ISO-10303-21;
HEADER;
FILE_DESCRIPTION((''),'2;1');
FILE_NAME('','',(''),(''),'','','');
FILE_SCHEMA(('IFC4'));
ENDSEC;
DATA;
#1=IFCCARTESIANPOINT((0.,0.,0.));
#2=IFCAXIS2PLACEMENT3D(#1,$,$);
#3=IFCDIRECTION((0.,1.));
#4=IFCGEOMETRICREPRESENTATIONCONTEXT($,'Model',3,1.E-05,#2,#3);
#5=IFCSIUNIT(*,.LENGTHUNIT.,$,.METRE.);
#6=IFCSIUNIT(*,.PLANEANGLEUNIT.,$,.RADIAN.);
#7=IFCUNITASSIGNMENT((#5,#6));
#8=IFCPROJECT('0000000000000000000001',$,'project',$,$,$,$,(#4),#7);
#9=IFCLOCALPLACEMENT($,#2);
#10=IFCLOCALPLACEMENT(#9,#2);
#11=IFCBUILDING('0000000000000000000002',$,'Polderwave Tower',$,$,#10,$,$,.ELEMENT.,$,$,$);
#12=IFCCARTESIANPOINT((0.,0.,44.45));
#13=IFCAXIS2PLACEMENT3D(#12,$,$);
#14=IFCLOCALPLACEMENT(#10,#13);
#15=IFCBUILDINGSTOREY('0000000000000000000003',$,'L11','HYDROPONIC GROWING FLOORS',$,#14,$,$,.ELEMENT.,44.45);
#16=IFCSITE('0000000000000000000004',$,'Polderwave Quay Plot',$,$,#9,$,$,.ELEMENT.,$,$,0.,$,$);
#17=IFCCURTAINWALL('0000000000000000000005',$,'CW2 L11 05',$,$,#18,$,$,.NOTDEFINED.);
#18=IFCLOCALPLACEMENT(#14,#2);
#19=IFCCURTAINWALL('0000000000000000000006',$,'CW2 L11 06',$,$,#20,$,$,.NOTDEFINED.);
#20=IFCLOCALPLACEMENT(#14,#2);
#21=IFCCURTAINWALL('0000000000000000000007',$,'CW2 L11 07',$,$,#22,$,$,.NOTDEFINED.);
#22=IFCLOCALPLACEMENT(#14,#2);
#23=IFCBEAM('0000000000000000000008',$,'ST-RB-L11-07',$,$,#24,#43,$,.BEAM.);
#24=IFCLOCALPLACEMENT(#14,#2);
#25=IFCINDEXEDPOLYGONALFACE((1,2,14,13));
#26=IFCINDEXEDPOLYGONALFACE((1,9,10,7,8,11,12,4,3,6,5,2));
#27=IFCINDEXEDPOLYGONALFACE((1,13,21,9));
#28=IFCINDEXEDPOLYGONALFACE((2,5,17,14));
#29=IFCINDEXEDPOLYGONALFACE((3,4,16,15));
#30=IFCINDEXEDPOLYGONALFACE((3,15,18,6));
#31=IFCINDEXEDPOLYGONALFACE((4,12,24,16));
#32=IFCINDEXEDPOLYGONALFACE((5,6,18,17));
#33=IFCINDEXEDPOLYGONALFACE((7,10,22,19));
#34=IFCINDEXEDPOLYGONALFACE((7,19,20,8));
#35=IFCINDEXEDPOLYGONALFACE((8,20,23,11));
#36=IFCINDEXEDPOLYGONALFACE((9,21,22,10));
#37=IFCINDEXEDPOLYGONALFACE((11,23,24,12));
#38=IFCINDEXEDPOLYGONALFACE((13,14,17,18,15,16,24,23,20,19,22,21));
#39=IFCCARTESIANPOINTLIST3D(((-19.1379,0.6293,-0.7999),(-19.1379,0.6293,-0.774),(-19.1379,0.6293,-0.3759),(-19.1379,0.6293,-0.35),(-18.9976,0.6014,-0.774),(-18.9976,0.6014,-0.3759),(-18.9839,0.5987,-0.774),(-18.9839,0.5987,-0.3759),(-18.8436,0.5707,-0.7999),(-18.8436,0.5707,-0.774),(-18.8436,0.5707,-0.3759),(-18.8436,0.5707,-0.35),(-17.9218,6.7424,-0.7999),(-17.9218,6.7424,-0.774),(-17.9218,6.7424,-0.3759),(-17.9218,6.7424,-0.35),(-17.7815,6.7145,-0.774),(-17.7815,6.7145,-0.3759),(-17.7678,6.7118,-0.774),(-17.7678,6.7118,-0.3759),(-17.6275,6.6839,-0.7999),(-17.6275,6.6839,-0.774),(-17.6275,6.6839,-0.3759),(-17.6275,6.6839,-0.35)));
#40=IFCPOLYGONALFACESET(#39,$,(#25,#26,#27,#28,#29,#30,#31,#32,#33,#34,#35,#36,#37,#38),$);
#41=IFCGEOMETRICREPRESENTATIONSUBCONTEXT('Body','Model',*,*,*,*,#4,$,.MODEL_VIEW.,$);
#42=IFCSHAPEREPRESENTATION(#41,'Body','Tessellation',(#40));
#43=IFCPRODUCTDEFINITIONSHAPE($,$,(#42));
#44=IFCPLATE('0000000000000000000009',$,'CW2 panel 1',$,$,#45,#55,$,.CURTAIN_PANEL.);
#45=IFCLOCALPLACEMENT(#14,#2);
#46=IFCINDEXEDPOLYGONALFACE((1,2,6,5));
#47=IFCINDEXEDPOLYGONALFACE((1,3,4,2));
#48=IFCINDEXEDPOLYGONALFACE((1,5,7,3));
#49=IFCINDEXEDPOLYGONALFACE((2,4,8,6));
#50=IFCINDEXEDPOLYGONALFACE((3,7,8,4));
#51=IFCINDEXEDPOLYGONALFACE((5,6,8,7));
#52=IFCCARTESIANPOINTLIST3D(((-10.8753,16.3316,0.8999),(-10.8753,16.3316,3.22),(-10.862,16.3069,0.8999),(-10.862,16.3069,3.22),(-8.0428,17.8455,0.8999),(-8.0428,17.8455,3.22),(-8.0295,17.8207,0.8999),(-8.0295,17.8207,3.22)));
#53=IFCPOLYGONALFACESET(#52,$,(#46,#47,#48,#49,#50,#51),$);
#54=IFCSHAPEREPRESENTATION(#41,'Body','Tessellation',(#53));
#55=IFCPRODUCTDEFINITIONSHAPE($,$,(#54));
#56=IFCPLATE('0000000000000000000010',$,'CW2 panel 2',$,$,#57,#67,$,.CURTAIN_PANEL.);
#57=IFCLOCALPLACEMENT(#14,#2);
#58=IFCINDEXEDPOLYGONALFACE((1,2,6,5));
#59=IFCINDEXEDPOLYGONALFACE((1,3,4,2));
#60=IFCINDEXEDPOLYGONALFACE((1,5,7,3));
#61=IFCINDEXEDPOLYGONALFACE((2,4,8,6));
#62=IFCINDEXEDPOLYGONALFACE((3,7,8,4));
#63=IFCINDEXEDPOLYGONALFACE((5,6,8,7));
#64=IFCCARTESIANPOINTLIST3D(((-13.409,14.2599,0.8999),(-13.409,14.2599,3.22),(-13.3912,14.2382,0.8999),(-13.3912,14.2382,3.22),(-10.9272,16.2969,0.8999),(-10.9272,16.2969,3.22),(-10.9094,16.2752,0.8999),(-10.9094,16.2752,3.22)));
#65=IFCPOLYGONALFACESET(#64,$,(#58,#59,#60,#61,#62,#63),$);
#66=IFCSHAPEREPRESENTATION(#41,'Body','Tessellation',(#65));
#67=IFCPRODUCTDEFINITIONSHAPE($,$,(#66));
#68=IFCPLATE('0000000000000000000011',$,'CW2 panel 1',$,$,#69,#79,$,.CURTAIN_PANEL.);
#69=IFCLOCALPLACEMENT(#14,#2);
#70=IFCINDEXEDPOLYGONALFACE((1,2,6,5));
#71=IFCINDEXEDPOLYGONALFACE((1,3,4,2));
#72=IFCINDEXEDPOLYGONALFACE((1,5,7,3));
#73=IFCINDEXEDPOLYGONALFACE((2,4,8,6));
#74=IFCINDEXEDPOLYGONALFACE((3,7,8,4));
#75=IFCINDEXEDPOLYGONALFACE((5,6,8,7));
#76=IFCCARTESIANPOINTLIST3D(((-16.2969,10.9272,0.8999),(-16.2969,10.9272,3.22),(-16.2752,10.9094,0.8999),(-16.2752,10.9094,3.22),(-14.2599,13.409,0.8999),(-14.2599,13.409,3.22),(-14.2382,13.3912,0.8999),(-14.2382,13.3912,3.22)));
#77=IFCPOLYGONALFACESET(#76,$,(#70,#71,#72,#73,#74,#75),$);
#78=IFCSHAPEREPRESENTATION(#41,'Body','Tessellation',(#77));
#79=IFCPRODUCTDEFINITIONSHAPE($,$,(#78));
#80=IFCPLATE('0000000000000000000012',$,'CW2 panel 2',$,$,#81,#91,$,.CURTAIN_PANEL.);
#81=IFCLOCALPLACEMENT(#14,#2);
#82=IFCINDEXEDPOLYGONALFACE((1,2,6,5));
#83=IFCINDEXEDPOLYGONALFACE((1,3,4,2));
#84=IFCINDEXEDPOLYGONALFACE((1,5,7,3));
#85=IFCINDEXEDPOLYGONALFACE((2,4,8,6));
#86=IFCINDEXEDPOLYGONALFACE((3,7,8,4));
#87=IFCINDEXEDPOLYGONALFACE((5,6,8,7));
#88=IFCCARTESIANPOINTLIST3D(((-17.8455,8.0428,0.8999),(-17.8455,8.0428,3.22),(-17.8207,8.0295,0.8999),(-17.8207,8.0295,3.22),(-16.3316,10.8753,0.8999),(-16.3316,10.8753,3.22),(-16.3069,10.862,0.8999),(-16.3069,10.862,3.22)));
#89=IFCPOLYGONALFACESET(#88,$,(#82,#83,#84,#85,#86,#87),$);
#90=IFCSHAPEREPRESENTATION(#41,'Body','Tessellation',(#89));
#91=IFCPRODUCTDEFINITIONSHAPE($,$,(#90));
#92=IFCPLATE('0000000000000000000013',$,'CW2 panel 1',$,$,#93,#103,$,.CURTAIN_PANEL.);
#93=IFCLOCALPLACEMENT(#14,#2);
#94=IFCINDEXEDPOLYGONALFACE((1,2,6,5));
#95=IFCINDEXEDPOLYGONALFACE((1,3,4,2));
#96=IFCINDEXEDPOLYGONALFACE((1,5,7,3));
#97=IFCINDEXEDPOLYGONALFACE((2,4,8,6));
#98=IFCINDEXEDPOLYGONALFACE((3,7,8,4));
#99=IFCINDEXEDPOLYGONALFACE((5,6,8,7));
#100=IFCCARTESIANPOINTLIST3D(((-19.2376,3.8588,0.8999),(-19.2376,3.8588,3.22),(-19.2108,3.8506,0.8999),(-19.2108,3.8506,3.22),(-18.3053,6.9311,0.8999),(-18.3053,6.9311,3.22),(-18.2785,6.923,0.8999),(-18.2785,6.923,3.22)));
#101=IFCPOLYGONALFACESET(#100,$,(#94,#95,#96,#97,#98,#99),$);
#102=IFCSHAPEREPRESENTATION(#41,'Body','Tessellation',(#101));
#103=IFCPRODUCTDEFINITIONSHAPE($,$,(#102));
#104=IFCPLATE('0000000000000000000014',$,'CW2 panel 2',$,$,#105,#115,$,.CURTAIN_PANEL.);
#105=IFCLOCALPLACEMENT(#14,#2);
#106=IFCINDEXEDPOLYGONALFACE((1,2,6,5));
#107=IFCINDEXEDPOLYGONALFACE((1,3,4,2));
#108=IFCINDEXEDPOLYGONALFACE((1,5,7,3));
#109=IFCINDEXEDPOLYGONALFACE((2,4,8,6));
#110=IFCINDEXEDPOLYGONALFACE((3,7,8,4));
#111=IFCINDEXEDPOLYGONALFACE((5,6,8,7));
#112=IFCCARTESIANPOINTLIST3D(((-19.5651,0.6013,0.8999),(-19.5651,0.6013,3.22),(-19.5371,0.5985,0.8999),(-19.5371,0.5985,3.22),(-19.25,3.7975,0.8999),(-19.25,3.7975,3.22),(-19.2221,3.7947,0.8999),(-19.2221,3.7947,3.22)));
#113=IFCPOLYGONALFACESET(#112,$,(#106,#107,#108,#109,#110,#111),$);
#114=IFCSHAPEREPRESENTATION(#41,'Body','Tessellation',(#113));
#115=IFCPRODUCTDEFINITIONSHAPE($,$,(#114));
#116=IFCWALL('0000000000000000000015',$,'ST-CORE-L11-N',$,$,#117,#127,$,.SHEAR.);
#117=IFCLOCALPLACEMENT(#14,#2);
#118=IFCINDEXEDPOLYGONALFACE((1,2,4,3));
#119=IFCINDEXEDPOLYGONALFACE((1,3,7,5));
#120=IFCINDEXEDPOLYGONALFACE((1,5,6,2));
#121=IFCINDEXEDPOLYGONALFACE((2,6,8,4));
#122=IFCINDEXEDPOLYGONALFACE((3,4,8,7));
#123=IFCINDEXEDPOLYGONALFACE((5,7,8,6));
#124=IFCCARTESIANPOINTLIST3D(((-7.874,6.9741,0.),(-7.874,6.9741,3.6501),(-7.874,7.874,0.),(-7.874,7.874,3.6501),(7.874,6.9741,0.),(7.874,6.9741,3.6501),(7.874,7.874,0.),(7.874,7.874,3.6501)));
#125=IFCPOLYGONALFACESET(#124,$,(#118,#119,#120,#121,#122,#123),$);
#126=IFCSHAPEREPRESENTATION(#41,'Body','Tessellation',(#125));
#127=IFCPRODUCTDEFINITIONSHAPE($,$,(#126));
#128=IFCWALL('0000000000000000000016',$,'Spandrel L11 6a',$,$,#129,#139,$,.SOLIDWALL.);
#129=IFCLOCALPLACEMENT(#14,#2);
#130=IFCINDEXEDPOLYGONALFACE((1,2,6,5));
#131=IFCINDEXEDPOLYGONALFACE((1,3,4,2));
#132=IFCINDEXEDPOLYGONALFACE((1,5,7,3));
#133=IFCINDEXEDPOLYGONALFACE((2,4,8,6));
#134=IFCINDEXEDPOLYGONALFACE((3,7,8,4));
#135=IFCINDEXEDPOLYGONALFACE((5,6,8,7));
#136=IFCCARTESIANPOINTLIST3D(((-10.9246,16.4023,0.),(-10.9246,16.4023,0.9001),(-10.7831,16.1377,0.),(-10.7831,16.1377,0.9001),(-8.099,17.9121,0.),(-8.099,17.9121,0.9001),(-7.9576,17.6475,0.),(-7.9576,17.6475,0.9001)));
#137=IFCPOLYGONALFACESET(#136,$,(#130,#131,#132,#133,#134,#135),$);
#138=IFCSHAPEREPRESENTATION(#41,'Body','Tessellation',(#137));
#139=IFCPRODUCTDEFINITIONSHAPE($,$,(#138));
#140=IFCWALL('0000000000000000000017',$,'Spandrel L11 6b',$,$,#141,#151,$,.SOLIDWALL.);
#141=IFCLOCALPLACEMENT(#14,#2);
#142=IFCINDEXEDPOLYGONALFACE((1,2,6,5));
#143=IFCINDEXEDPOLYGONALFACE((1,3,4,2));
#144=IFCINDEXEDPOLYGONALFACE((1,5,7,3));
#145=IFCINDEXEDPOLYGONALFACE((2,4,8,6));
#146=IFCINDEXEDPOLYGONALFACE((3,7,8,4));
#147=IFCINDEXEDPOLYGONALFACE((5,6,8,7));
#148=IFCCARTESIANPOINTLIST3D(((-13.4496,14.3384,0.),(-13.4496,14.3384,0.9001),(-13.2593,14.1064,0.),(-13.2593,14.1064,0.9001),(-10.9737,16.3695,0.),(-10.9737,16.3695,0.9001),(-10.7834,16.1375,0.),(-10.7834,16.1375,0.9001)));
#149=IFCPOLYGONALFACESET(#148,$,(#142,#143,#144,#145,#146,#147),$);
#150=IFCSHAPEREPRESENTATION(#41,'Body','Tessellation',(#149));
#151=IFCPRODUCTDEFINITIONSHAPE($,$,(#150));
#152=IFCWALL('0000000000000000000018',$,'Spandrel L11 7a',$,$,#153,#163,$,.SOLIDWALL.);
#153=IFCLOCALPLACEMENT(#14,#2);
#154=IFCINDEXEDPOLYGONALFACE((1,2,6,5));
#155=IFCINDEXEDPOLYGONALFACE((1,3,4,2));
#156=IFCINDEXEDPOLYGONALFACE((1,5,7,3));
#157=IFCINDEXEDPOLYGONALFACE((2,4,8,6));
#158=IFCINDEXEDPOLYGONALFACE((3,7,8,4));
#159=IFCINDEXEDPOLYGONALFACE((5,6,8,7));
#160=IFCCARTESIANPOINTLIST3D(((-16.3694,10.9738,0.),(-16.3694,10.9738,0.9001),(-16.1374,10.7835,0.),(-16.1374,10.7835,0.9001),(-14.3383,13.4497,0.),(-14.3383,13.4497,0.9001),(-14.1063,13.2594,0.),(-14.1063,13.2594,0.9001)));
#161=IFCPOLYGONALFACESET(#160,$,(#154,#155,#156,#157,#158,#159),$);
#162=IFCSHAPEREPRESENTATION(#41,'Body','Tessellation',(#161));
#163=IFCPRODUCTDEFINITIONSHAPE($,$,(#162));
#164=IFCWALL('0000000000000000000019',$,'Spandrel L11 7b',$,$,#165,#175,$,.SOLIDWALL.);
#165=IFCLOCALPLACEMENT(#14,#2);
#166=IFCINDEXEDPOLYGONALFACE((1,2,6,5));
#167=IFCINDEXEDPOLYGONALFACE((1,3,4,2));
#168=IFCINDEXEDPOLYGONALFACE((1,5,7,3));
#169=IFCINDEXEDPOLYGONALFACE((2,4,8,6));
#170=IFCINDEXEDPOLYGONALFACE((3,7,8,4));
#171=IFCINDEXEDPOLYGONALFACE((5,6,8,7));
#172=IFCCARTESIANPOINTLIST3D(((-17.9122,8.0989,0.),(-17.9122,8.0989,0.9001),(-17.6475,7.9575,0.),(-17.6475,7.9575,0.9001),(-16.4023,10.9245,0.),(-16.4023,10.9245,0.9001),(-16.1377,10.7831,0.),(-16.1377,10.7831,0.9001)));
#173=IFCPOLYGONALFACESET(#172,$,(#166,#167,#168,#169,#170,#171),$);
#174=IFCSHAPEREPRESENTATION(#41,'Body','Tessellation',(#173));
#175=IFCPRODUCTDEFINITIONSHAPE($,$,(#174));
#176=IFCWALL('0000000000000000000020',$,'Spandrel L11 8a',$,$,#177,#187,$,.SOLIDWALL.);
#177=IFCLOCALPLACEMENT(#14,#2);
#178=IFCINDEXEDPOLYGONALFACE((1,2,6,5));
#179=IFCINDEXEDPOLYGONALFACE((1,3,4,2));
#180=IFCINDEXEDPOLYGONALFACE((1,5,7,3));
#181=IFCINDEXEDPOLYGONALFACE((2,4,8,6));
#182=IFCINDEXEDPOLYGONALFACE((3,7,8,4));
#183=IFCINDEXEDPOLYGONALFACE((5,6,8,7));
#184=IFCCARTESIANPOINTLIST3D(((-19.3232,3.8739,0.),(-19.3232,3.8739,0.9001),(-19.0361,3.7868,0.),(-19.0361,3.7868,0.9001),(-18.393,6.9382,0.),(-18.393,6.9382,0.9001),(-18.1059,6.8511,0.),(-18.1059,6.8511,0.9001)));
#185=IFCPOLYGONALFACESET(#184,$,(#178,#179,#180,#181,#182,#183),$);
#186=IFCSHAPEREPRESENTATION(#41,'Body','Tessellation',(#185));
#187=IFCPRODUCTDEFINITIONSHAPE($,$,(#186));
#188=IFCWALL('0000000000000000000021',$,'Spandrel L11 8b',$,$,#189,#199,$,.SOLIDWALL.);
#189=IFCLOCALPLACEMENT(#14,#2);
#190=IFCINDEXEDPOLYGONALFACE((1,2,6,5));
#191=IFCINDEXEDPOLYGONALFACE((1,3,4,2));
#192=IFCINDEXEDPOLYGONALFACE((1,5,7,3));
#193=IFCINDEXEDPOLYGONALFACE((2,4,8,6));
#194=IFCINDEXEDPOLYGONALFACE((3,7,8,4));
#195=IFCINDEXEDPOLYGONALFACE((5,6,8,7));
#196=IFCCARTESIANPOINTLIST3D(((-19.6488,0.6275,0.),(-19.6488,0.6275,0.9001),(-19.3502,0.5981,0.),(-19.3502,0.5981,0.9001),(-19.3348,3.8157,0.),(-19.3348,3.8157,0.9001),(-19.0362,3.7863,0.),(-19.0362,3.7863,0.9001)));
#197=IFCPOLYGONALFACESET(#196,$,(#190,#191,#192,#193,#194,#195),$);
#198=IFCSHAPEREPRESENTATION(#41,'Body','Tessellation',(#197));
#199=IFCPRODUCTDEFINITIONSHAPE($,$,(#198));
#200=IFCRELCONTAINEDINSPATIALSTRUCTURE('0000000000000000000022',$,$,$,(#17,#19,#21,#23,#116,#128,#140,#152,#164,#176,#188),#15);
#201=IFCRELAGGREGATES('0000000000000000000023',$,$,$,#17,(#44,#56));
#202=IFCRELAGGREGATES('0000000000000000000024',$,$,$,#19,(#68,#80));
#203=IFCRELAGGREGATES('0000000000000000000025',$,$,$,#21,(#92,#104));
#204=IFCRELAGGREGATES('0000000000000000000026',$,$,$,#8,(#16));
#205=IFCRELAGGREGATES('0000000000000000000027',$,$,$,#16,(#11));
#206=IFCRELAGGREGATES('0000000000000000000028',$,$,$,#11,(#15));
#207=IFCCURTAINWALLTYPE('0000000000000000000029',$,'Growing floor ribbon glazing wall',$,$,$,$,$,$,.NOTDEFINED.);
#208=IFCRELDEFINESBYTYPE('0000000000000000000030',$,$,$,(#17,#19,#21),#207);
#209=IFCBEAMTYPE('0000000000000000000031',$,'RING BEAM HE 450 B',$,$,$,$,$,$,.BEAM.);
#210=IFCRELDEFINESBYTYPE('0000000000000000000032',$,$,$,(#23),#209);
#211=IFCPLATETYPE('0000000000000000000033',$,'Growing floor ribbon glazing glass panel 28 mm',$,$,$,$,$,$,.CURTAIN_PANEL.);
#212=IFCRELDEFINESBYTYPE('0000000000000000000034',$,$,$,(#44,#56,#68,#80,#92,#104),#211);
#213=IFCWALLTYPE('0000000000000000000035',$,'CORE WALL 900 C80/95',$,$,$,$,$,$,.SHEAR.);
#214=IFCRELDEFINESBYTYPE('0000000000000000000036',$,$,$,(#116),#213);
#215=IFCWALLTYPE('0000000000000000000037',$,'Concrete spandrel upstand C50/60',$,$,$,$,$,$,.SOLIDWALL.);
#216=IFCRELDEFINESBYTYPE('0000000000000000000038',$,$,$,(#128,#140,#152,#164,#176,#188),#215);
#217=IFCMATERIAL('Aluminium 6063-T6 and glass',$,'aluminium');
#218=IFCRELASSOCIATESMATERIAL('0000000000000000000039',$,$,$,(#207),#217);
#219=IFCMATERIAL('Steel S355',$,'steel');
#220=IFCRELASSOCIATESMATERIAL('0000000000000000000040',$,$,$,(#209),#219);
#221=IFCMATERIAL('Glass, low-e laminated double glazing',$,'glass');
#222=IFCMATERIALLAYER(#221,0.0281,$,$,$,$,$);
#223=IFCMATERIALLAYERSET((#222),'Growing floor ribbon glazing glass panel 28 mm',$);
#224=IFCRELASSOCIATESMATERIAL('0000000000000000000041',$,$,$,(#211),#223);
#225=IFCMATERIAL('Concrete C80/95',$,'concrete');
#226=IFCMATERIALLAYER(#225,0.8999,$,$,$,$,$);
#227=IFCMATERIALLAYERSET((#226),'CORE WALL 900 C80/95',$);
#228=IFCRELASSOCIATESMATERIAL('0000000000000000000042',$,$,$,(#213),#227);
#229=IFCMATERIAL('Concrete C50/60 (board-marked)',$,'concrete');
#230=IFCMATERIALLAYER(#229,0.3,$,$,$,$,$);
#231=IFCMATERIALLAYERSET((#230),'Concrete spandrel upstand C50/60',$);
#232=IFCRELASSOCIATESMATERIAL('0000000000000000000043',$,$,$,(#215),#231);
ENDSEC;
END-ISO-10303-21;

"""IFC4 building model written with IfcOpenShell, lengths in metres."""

from ifc_helpers import new_model, si_unit, direction, frame, frame_2d, origin, origin_2d, place, context, subcontext, project, spatial, rectangle, i_section, extrude, material, layer, layer_set, material_profile, profile_set, type_object, element, aggregate, save


model = new_model("IFC4")

# Units and contexts
model_context = context("Model", 3, precision=1e-05, world=origin(), true_north=direction((0.0, 1.0)))
body_context = subcontext(model_context, "Body", "Model", "MODEL_VIEW")
ifc_project = project(units=[si_unit("LENGTHUNIT", "METRE"), si_unit("PLANEANGLEUNIT", "RADIAN")], contexts=[model_context])

# Site, building, storey
site_placement = place(None, origin())
site = spatial("IfcSite", under=ifc_project, at=site_placement, Name="Polderwave Quay Plot", CompositionType="ELEMENT", RefElevation=0.0)
building_placement = place(site_placement, origin())
building = spatial("IfcBuilding", under=site, at=building_placement, Name="Polderwave Tower", CompositionType="ELEMENT")
storey_placement = place(building_placement, frame((0.0, 0.0, 44.45)))
storey = spatial("IfcBuildingStorey", under=building, at=storey_placement, Name="L11", Description="HYDROPONIC GROWING FLOORS", CompositionType="ELEMENT", Elevation=44.45)

# Curtain walls
ifc_material_1 = material(Name="Aluminium 6063-T6 and glass", Category="aluminium")
curtain_wall_type = type_object("IfcCurtainWallType", Name="Growing floor ribbon glazing wall", PredefinedType="NOTDEFINED", material=ifc_material_1)
curtain_wall_1_placement = place(storey_placement, origin())
curtain_wall_1 = element("IfcCurtainWall", 1, at=curtain_wall_1_placement, inside=storey, type_object=curtain_wall_type, Name="CW2 L11 05", PredefinedType="NOTDEFINED")
curtain_wall_2_placement = place(storey_placement, origin())
curtain_wall_2 = element("IfcCurtainWall", 2, at=curtain_wall_2_placement, inside=storey, type_object=curtain_wall_type, Name="CW2 L11 06", PredefinedType="NOTDEFINED")
curtain_wall_3_placement = place(storey_placement, origin())
curtain_wall_3 = element("IfcCurtainWall", 3, at=curtain_wall_3_placement, inside=storey, type_object=curtain_wall_type, Name="CW2 L11 07", PredefinedType="NOTDEFINED")

# Beam
ifc_material_2 = material(Name="Steel S355", Category="steel")
ifc_material_profile_1 = material_profile(ifc_material_2, i_section(OverallWidth=0.3, OverallDepth=0.45, WebThickness=0.0139, FlangeThickness=0.0259, at=origin_2d()), Name="HE 450 B")
ifc_profile_set_1 = profile_set([ifc_material_profile_1], Name="Steel S355")
beam_type = type_object("IfcBeamType", Name="RING BEAM HE 450 B", PredefinedType="BEAM", material=ifc_profile_set_1)
beam_placement = place(storey_placement, frame((-17.7747, 6.7131, -0.575), z_axis=(-0.195107, -0.980782, 0.0), x_axis=(0.980782, -0.195107, 0.0)))
element("IfcBeam", 4, at=beam_placement, inside=storey, type_object=beam_type, Name="ST-RB-L11-07", PredefinedType="BEAM", context=body_context, shape_type="SweptSolid", body=[
    extrude(i_section(OverallWidth=0.3, OverallDepth=0.45, WebThickness=0.0139, FlangeThickness=0.0259, at=origin_2d()), origin(), (0.0, 0.0, 1.0), 6.2329),
])

# Plates
ifc_material_3 = material(Name="Glass, low-e laminated double glazing", Category="glass")
ifc_layer_1 = layer(ifc_material_3, 0.0281)
ifc_layer_set_1 = layer_set([ifc_layer_1], Name="Growing floor ribbon glazing glass panel 28 mm")
plate_type = type_object("IfcPlateType", Name="Growing floor ribbon glazing glass panel 28 mm", PredefinedType="CURTAIN_PANEL", material=ifc_layer_set_1)
plate_1_placement = place(storey_placement, frame((-9.4524, 17.0762, 0.8999), z_axis=(0.0, 0.0, 1.0), x_axis=(-0.881943, -0.471357, 0.0)))
plate_1 = element("IfcPlate", 5, at=plate_1_placement, type_object=plate_type, Name="CW2 panel 1", PredefinedType="CURTAIN_PANEL", context=body_context, shape_type="SweptSolid", body=[
    extrude(rectangle(XDim=3.2117, YDim=0.0281, at=origin_2d()), origin(), (0.0, 0.0, 1.0), 2.3201),
])
plate_2_placement = place(storey_placement, frame((-12.1592, 15.2676, 0.8999), z_axis=(0.0, 0.0, 1.0), x_axis=(-0.772981, -0.63443, 0.0)))
plate_2 = element("IfcPlate", 6, at=plate_2_placement, type_object=plate_type, Name="CW2 panel 2", PredefinedType="CURTAIN_PANEL", context=body_context, shape_type="SweptSolid", body=[
    extrude(rectangle(XDim=3.2107, YDim=0.0281, at=origin_2d()), origin(), (0.0, 0.0, 1.0), 2.3201),
])
aggregate(curtain_wall_1, [plate_1, plate_2])
plate_3_placement = place(storey_placement, frame((-15.2676, 12.1592, 0.8999), z_axis=(0.0, 0.0, 1.0), x_axis=(-0.63443, -0.772981, 0.0)))
plate_3 = element("IfcPlate", 7, at=plate_3_placement, type_object=plate_type, Name="CW2 panel 1", PredefinedType="CURTAIN_PANEL", context=body_context, shape_type="SweptSolid", body=[
    extrude(rectangle(XDim=3.2107, YDim=0.0281, at=origin_2d()), origin(), (0.0, 0.0, 1.0), 2.3201),
])
plate_4_placement = place(storey_placement, frame((-17.0762, 9.4524, 0.8999), z_axis=(0.0, 0.0, 1.0), x_axis=(-0.471357, -0.881943, 0.0)))
plate_4 = element("IfcPlate", 8, at=plate_4_placement, type_object=plate_type, Name="CW2 panel 2", PredefinedType="CURTAIN_PANEL", context=body_context, shape_type="SweptSolid", body=[
    extrude(rectangle(XDim=3.2117, YDim=0.0281, at=origin_2d()), origin(), (0.0, 0.0, 1.0), 2.3201),
])
aggregate(curtain_wall_2, [plate_3, plate_4])
plate_5_placement = place(storey_placement, frame((-18.7581, 5.3909, 0.8999), z_axis=(0.0, 0.0, 1.0), x_axis=(-0.290375, -0.956913, 0.0)))
plate_5 = element("IfcPlate", 9, at=plate_5_placement, type_object=plate_type, Name="CW2 panel 1", PredefinedType="CURTAIN_PANEL", context=body_context, shape_type="SweptSolid", body=[
    extrude(rectangle(XDim=3.2107, YDim=0.0281, at=origin_2d()), origin(), (0.0, 0.0, 1.0), 2.3201),
])
plate_6_placement = place(storey_placement, frame((-19.3936, 2.198, 0.8999), z_axis=(0.0, 0.0, 1.0), x_axis=(-0.098099, -0.995177, 0.0)))
plate_6 = element("IfcPlate", 10, at=plate_6_placement, type_object=plate_type, Name="CW2 panel 2", PredefinedType="CURTAIN_PANEL", context=body_context, shape_type="SweptSolid", body=[
    extrude(rectangle(XDim=3.2117, YDim=0.0281, at=origin_2d()), origin(), (0.0, 0.0, 1.0), 2.3201),
])
aggregate(curtain_wall_3, [plate_5, plate_6])

# Walls
ifc_material_4 = material(Name="Concrete C80/95", Category="concrete")
ifc_layer_2 = layer(ifc_material_4, 0.8999)
ifc_layer_set_2 = layer_set([ifc_layer_2], Name="CORE WALL 900 C80/95")
wall_type_1 = type_object("IfcWallType", Name="CORE WALL 900 C80/95", PredefinedType="SHEAR", material=ifc_layer_set_2)
wall_1_placement = place(storey_placement, frame((-7.874, 7.4241, 0.0), z_axis=(0.0, 0.0, 1.0), x_axis=(1.0, 0.0, 0.0)))
element("IfcWall", 11, at=wall_1_placement, inside=storey, type_object=wall_type_1, Name="ST-CORE-L11-N", PredefinedType="SHEAR", context=body_context, shape_type="SweptSolid", body=[
    extrude(rectangle(XDim=15.748, YDim=0.8999, at=frame_2d((7.874, 0.0))), origin(), (0.0, 0.0, 1.0), 3.6501),
])
ifc_material_5 = material(Name="Concrete C50/60 (board-marked)", Category="concrete")
ifc_layer_3 = layer(ifc_material_5, 0.3)
ifc_layer_set_3 = layer_set([ifc_layer_3], Name="Concrete spandrel upstand C50/60")
wall_type_2 = type_object("IfcWallType", Name="Concrete spandrel upstand C50/60", PredefinedType="SOLIDWALL", material=ifc_layer_set_3)
wall_2_placement = place(storey_placement, frame((-8.0283, 17.7798, 0.0), z_axis=(0.0, 0.0, 1.0), x_axis=(-0.881981, -0.471284, 0.0)))
element("IfcWall", 12, at=wall_2_placement, inside=storey, type_object=wall_type_2, Name="Spandrel L11 6a", PredefinedType="SOLIDWALL", context=body_context, shape_type="SweptSolid", body=[
    extrude(rectangle(XDim=3.2036, YDim=0.3, at=frame_2d((1.6018, 0.0))), origin(), (0.0, 0.0, 1.0), 0.9001),
])
for number, where, z_axis, x_axis, name in (
    (13, (-10.8787, 16.2534, 0.0), (0.0, 0.0, 1.0), (-0.773141, -0.634234, 0.0), "Spandrel L11 6b"),
    (14, (-14.2224, 13.3545, 0.0), (0.0, 0.0, 1.0), (-0.634234, -0.773141, 0.0), "Spandrel L11 7a"),
):
    element("IfcWall", number, at=place(storey_placement, frame(where, z_axis=z_axis, x_axis=x_axis)), inside=storey, type_object=wall_type_2, Name=name, PredefinedType="SOLIDWALL", context=body_context, shape_type="SweptSolid", body=[
        extrude(rectangle(XDim=3.2024, YDim=0.3, at=frame_2d((1.6011, 0.0))), origin(), (0.0, 0.0, 1.0), 0.9001),
    ])
wall_3_placement = place(storey_placement, frame((-16.27, 10.8538, 0.0), z_axis=(0.0, 0.0, 1.0), x_axis=(-0.471284, -0.881981, 0.0)))
element("IfcWall", 15, at=wall_3_placement, inside=storey, type_object=wall_type_2, Name="Spandrel L11 7b", PredefinedType="SOLIDWALL", context=body_context, shape_type="SweptSolid", body=[
    extrude(rectangle(XDim=3.2036, YDim=0.3, at=frame_2d((1.6018, 0.0))), origin(), (0.0, 0.0, 1.0), 0.9001),
])
wall_4_placement = place(storey_placement, frame((-18.2495, 6.8945, 0.0), z_axis=(0.0, 0.0, 1.0), x_axis=(-0.290473, -0.956883, 0.0)))
element("IfcWall", 16, at=wall_4_placement, inside=storey, type_object=wall_type_2, Name="Spandrel L11 8a", PredefinedType="SOLIDWALL", context=body_context, shape_type="SweptSolid", body=[
    extrude(rectangle(XDim=3.2024, YDim=0.3, at=frame_2d((1.6011, 0.0))), origin(), (0.0, 0.0, 1.0), 0.9001),
])
wall_5_placement = place(storey_placement, frame((-19.1855, 3.801, 0.0), z_axis=(0.0, 0.0, 1.0), x_axis=(-0.098002, -0.995186, 0.0)))
element("IfcWall", 17, at=wall_5_placement, inside=storey, type_object=wall_type_2, Name="Spandrel L11 8b", PredefinedType="SOLIDWALL", context=body_context, shape_type="SweptSolid", body=[
    extrude(rectangle(XDim=3.2036, YDim=0.3, at=frame_2d((1.6018, 0.0))), origin(), (0.0, 0.0, 1.0), 0.9001),
])

save(model, "model.ifc")
